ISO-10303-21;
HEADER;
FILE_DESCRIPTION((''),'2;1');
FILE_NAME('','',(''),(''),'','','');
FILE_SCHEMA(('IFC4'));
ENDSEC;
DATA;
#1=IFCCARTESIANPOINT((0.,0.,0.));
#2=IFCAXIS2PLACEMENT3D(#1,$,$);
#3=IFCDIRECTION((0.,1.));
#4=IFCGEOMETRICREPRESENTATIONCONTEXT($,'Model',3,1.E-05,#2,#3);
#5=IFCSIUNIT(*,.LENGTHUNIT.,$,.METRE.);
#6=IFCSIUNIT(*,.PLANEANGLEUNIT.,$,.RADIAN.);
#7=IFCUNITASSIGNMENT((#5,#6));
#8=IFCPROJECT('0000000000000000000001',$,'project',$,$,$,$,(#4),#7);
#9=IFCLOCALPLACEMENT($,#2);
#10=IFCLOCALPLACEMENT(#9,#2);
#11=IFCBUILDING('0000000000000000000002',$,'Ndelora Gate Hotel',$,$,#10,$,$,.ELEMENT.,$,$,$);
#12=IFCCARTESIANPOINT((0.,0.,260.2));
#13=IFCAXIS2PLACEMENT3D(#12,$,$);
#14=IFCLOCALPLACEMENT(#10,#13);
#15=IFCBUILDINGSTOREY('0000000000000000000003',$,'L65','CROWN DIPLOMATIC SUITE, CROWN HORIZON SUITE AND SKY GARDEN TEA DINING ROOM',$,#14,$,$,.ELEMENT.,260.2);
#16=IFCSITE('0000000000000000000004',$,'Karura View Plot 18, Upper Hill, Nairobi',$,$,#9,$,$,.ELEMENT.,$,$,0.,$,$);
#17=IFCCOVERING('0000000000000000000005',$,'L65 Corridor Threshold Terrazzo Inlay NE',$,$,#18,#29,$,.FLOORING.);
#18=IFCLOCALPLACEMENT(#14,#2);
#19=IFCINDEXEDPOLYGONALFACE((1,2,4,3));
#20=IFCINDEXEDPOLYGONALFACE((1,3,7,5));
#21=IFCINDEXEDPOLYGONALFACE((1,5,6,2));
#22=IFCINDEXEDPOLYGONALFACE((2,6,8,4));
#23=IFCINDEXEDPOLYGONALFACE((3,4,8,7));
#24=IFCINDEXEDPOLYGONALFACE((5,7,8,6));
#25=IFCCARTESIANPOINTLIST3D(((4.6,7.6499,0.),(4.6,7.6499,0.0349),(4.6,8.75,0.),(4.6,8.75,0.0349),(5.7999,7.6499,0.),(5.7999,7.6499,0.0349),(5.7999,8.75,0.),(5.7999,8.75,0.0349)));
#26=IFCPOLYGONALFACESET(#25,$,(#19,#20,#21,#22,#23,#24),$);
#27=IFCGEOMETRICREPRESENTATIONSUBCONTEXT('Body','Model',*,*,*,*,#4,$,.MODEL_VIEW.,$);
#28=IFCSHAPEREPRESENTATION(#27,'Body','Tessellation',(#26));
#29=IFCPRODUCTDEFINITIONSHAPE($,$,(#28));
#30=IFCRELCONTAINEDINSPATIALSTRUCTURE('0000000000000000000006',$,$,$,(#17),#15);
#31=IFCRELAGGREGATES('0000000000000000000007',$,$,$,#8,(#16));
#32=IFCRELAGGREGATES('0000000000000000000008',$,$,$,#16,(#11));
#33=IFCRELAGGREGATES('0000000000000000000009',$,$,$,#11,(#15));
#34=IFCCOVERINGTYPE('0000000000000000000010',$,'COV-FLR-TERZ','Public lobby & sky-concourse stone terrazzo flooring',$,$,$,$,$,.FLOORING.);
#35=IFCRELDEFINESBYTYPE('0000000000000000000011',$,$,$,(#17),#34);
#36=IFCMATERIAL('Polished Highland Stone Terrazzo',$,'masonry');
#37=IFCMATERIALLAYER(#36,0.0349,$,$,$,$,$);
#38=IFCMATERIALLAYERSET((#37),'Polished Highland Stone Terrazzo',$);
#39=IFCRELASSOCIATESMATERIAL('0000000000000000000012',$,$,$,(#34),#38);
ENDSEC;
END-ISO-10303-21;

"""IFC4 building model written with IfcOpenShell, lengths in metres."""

from ifc_helpers import new_model, si_unit, direction, frame, origin, origin_2d, place, context, subcontext, project, spatial, rectangle, extrude, material, layer, layer_set, type_object, element, save


model = new_model("IFC4")

# Units and contexts
model_context = context("Model", 3, precision=1e-05, world=origin(), true_north=direction((0.0, 1.0)))
body_context = subcontext(model_context, "Body", "Model", "MODEL_VIEW")
ifc_project = project(units=[si_unit("LENGTHUNIT", "METRE"), si_unit("PLANEANGLEUNIT", "RADIAN")], contexts=[model_context])

# Site, building, storey
site_placement = place(None, origin())
site = spatial("IfcSite", under=ifc_project, at=site_placement, Name="Karura View Plot 18, Upper Hill, Nairobi", CompositionType="ELEMENT", RefElevation=0.0)
building_placement = place(site_placement, origin())
building = spatial("IfcBuilding", under=site, at=building_placement, Name="Ndelora Gate Hotel", CompositionType="ELEMENT")
storey_placement = place(building_placement, frame((0.0, 0.0, 260.2)))
storey = spatial("IfcBuildingStorey", under=building, at=storey_placement, Name="L65", Description="CROWN DIPLOMATIC SUITE, CROWN HORIZON SUITE AND SKY GARDEN TEA DINING ROOM", CompositionType="ELEMENT", Elevation=260.2)

# Covering
ifc_material_1 = material(Name="Polished Highland Stone Terrazzo", Category="masonry")
ifc_layer_1 = layer(ifc_material_1, 0.0349)
ifc_layer_set_1 = layer_set([ifc_layer_1], Name="Polished Highland Stone Terrazzo")
covering_type_1 = type_object("IfcCoveringType", Name="COV-FLR-TERZ", Description="Public lobby & sky-concourse stone terrazzo flooring", PredefinedType="FLOORING", material=ifc_layer_set_1)
covering_1_placement = place(storey_placement, frame((5.2, 8.2, 0.0), z_axis=(0.0, 0.0, 1.0), x_axis=(1.0, 0.0, 0.0)))
element("IfcCovering", 1, at=covering_1_placement, inside=storey, type_object=covering_type_1, Name="L65 Corridor Threshold Terrazzo Inlay NE", PredefinedType="FLOORING", context=body_context, shape_type="SweptSolid", body=[
    extrude(rectangle(XDim=1.2, YDim=1.1001, at=origin_2d()), origin(), (0.0, 0.0, 1.0), 0.0349),
])

save(model, "model.ifc")
